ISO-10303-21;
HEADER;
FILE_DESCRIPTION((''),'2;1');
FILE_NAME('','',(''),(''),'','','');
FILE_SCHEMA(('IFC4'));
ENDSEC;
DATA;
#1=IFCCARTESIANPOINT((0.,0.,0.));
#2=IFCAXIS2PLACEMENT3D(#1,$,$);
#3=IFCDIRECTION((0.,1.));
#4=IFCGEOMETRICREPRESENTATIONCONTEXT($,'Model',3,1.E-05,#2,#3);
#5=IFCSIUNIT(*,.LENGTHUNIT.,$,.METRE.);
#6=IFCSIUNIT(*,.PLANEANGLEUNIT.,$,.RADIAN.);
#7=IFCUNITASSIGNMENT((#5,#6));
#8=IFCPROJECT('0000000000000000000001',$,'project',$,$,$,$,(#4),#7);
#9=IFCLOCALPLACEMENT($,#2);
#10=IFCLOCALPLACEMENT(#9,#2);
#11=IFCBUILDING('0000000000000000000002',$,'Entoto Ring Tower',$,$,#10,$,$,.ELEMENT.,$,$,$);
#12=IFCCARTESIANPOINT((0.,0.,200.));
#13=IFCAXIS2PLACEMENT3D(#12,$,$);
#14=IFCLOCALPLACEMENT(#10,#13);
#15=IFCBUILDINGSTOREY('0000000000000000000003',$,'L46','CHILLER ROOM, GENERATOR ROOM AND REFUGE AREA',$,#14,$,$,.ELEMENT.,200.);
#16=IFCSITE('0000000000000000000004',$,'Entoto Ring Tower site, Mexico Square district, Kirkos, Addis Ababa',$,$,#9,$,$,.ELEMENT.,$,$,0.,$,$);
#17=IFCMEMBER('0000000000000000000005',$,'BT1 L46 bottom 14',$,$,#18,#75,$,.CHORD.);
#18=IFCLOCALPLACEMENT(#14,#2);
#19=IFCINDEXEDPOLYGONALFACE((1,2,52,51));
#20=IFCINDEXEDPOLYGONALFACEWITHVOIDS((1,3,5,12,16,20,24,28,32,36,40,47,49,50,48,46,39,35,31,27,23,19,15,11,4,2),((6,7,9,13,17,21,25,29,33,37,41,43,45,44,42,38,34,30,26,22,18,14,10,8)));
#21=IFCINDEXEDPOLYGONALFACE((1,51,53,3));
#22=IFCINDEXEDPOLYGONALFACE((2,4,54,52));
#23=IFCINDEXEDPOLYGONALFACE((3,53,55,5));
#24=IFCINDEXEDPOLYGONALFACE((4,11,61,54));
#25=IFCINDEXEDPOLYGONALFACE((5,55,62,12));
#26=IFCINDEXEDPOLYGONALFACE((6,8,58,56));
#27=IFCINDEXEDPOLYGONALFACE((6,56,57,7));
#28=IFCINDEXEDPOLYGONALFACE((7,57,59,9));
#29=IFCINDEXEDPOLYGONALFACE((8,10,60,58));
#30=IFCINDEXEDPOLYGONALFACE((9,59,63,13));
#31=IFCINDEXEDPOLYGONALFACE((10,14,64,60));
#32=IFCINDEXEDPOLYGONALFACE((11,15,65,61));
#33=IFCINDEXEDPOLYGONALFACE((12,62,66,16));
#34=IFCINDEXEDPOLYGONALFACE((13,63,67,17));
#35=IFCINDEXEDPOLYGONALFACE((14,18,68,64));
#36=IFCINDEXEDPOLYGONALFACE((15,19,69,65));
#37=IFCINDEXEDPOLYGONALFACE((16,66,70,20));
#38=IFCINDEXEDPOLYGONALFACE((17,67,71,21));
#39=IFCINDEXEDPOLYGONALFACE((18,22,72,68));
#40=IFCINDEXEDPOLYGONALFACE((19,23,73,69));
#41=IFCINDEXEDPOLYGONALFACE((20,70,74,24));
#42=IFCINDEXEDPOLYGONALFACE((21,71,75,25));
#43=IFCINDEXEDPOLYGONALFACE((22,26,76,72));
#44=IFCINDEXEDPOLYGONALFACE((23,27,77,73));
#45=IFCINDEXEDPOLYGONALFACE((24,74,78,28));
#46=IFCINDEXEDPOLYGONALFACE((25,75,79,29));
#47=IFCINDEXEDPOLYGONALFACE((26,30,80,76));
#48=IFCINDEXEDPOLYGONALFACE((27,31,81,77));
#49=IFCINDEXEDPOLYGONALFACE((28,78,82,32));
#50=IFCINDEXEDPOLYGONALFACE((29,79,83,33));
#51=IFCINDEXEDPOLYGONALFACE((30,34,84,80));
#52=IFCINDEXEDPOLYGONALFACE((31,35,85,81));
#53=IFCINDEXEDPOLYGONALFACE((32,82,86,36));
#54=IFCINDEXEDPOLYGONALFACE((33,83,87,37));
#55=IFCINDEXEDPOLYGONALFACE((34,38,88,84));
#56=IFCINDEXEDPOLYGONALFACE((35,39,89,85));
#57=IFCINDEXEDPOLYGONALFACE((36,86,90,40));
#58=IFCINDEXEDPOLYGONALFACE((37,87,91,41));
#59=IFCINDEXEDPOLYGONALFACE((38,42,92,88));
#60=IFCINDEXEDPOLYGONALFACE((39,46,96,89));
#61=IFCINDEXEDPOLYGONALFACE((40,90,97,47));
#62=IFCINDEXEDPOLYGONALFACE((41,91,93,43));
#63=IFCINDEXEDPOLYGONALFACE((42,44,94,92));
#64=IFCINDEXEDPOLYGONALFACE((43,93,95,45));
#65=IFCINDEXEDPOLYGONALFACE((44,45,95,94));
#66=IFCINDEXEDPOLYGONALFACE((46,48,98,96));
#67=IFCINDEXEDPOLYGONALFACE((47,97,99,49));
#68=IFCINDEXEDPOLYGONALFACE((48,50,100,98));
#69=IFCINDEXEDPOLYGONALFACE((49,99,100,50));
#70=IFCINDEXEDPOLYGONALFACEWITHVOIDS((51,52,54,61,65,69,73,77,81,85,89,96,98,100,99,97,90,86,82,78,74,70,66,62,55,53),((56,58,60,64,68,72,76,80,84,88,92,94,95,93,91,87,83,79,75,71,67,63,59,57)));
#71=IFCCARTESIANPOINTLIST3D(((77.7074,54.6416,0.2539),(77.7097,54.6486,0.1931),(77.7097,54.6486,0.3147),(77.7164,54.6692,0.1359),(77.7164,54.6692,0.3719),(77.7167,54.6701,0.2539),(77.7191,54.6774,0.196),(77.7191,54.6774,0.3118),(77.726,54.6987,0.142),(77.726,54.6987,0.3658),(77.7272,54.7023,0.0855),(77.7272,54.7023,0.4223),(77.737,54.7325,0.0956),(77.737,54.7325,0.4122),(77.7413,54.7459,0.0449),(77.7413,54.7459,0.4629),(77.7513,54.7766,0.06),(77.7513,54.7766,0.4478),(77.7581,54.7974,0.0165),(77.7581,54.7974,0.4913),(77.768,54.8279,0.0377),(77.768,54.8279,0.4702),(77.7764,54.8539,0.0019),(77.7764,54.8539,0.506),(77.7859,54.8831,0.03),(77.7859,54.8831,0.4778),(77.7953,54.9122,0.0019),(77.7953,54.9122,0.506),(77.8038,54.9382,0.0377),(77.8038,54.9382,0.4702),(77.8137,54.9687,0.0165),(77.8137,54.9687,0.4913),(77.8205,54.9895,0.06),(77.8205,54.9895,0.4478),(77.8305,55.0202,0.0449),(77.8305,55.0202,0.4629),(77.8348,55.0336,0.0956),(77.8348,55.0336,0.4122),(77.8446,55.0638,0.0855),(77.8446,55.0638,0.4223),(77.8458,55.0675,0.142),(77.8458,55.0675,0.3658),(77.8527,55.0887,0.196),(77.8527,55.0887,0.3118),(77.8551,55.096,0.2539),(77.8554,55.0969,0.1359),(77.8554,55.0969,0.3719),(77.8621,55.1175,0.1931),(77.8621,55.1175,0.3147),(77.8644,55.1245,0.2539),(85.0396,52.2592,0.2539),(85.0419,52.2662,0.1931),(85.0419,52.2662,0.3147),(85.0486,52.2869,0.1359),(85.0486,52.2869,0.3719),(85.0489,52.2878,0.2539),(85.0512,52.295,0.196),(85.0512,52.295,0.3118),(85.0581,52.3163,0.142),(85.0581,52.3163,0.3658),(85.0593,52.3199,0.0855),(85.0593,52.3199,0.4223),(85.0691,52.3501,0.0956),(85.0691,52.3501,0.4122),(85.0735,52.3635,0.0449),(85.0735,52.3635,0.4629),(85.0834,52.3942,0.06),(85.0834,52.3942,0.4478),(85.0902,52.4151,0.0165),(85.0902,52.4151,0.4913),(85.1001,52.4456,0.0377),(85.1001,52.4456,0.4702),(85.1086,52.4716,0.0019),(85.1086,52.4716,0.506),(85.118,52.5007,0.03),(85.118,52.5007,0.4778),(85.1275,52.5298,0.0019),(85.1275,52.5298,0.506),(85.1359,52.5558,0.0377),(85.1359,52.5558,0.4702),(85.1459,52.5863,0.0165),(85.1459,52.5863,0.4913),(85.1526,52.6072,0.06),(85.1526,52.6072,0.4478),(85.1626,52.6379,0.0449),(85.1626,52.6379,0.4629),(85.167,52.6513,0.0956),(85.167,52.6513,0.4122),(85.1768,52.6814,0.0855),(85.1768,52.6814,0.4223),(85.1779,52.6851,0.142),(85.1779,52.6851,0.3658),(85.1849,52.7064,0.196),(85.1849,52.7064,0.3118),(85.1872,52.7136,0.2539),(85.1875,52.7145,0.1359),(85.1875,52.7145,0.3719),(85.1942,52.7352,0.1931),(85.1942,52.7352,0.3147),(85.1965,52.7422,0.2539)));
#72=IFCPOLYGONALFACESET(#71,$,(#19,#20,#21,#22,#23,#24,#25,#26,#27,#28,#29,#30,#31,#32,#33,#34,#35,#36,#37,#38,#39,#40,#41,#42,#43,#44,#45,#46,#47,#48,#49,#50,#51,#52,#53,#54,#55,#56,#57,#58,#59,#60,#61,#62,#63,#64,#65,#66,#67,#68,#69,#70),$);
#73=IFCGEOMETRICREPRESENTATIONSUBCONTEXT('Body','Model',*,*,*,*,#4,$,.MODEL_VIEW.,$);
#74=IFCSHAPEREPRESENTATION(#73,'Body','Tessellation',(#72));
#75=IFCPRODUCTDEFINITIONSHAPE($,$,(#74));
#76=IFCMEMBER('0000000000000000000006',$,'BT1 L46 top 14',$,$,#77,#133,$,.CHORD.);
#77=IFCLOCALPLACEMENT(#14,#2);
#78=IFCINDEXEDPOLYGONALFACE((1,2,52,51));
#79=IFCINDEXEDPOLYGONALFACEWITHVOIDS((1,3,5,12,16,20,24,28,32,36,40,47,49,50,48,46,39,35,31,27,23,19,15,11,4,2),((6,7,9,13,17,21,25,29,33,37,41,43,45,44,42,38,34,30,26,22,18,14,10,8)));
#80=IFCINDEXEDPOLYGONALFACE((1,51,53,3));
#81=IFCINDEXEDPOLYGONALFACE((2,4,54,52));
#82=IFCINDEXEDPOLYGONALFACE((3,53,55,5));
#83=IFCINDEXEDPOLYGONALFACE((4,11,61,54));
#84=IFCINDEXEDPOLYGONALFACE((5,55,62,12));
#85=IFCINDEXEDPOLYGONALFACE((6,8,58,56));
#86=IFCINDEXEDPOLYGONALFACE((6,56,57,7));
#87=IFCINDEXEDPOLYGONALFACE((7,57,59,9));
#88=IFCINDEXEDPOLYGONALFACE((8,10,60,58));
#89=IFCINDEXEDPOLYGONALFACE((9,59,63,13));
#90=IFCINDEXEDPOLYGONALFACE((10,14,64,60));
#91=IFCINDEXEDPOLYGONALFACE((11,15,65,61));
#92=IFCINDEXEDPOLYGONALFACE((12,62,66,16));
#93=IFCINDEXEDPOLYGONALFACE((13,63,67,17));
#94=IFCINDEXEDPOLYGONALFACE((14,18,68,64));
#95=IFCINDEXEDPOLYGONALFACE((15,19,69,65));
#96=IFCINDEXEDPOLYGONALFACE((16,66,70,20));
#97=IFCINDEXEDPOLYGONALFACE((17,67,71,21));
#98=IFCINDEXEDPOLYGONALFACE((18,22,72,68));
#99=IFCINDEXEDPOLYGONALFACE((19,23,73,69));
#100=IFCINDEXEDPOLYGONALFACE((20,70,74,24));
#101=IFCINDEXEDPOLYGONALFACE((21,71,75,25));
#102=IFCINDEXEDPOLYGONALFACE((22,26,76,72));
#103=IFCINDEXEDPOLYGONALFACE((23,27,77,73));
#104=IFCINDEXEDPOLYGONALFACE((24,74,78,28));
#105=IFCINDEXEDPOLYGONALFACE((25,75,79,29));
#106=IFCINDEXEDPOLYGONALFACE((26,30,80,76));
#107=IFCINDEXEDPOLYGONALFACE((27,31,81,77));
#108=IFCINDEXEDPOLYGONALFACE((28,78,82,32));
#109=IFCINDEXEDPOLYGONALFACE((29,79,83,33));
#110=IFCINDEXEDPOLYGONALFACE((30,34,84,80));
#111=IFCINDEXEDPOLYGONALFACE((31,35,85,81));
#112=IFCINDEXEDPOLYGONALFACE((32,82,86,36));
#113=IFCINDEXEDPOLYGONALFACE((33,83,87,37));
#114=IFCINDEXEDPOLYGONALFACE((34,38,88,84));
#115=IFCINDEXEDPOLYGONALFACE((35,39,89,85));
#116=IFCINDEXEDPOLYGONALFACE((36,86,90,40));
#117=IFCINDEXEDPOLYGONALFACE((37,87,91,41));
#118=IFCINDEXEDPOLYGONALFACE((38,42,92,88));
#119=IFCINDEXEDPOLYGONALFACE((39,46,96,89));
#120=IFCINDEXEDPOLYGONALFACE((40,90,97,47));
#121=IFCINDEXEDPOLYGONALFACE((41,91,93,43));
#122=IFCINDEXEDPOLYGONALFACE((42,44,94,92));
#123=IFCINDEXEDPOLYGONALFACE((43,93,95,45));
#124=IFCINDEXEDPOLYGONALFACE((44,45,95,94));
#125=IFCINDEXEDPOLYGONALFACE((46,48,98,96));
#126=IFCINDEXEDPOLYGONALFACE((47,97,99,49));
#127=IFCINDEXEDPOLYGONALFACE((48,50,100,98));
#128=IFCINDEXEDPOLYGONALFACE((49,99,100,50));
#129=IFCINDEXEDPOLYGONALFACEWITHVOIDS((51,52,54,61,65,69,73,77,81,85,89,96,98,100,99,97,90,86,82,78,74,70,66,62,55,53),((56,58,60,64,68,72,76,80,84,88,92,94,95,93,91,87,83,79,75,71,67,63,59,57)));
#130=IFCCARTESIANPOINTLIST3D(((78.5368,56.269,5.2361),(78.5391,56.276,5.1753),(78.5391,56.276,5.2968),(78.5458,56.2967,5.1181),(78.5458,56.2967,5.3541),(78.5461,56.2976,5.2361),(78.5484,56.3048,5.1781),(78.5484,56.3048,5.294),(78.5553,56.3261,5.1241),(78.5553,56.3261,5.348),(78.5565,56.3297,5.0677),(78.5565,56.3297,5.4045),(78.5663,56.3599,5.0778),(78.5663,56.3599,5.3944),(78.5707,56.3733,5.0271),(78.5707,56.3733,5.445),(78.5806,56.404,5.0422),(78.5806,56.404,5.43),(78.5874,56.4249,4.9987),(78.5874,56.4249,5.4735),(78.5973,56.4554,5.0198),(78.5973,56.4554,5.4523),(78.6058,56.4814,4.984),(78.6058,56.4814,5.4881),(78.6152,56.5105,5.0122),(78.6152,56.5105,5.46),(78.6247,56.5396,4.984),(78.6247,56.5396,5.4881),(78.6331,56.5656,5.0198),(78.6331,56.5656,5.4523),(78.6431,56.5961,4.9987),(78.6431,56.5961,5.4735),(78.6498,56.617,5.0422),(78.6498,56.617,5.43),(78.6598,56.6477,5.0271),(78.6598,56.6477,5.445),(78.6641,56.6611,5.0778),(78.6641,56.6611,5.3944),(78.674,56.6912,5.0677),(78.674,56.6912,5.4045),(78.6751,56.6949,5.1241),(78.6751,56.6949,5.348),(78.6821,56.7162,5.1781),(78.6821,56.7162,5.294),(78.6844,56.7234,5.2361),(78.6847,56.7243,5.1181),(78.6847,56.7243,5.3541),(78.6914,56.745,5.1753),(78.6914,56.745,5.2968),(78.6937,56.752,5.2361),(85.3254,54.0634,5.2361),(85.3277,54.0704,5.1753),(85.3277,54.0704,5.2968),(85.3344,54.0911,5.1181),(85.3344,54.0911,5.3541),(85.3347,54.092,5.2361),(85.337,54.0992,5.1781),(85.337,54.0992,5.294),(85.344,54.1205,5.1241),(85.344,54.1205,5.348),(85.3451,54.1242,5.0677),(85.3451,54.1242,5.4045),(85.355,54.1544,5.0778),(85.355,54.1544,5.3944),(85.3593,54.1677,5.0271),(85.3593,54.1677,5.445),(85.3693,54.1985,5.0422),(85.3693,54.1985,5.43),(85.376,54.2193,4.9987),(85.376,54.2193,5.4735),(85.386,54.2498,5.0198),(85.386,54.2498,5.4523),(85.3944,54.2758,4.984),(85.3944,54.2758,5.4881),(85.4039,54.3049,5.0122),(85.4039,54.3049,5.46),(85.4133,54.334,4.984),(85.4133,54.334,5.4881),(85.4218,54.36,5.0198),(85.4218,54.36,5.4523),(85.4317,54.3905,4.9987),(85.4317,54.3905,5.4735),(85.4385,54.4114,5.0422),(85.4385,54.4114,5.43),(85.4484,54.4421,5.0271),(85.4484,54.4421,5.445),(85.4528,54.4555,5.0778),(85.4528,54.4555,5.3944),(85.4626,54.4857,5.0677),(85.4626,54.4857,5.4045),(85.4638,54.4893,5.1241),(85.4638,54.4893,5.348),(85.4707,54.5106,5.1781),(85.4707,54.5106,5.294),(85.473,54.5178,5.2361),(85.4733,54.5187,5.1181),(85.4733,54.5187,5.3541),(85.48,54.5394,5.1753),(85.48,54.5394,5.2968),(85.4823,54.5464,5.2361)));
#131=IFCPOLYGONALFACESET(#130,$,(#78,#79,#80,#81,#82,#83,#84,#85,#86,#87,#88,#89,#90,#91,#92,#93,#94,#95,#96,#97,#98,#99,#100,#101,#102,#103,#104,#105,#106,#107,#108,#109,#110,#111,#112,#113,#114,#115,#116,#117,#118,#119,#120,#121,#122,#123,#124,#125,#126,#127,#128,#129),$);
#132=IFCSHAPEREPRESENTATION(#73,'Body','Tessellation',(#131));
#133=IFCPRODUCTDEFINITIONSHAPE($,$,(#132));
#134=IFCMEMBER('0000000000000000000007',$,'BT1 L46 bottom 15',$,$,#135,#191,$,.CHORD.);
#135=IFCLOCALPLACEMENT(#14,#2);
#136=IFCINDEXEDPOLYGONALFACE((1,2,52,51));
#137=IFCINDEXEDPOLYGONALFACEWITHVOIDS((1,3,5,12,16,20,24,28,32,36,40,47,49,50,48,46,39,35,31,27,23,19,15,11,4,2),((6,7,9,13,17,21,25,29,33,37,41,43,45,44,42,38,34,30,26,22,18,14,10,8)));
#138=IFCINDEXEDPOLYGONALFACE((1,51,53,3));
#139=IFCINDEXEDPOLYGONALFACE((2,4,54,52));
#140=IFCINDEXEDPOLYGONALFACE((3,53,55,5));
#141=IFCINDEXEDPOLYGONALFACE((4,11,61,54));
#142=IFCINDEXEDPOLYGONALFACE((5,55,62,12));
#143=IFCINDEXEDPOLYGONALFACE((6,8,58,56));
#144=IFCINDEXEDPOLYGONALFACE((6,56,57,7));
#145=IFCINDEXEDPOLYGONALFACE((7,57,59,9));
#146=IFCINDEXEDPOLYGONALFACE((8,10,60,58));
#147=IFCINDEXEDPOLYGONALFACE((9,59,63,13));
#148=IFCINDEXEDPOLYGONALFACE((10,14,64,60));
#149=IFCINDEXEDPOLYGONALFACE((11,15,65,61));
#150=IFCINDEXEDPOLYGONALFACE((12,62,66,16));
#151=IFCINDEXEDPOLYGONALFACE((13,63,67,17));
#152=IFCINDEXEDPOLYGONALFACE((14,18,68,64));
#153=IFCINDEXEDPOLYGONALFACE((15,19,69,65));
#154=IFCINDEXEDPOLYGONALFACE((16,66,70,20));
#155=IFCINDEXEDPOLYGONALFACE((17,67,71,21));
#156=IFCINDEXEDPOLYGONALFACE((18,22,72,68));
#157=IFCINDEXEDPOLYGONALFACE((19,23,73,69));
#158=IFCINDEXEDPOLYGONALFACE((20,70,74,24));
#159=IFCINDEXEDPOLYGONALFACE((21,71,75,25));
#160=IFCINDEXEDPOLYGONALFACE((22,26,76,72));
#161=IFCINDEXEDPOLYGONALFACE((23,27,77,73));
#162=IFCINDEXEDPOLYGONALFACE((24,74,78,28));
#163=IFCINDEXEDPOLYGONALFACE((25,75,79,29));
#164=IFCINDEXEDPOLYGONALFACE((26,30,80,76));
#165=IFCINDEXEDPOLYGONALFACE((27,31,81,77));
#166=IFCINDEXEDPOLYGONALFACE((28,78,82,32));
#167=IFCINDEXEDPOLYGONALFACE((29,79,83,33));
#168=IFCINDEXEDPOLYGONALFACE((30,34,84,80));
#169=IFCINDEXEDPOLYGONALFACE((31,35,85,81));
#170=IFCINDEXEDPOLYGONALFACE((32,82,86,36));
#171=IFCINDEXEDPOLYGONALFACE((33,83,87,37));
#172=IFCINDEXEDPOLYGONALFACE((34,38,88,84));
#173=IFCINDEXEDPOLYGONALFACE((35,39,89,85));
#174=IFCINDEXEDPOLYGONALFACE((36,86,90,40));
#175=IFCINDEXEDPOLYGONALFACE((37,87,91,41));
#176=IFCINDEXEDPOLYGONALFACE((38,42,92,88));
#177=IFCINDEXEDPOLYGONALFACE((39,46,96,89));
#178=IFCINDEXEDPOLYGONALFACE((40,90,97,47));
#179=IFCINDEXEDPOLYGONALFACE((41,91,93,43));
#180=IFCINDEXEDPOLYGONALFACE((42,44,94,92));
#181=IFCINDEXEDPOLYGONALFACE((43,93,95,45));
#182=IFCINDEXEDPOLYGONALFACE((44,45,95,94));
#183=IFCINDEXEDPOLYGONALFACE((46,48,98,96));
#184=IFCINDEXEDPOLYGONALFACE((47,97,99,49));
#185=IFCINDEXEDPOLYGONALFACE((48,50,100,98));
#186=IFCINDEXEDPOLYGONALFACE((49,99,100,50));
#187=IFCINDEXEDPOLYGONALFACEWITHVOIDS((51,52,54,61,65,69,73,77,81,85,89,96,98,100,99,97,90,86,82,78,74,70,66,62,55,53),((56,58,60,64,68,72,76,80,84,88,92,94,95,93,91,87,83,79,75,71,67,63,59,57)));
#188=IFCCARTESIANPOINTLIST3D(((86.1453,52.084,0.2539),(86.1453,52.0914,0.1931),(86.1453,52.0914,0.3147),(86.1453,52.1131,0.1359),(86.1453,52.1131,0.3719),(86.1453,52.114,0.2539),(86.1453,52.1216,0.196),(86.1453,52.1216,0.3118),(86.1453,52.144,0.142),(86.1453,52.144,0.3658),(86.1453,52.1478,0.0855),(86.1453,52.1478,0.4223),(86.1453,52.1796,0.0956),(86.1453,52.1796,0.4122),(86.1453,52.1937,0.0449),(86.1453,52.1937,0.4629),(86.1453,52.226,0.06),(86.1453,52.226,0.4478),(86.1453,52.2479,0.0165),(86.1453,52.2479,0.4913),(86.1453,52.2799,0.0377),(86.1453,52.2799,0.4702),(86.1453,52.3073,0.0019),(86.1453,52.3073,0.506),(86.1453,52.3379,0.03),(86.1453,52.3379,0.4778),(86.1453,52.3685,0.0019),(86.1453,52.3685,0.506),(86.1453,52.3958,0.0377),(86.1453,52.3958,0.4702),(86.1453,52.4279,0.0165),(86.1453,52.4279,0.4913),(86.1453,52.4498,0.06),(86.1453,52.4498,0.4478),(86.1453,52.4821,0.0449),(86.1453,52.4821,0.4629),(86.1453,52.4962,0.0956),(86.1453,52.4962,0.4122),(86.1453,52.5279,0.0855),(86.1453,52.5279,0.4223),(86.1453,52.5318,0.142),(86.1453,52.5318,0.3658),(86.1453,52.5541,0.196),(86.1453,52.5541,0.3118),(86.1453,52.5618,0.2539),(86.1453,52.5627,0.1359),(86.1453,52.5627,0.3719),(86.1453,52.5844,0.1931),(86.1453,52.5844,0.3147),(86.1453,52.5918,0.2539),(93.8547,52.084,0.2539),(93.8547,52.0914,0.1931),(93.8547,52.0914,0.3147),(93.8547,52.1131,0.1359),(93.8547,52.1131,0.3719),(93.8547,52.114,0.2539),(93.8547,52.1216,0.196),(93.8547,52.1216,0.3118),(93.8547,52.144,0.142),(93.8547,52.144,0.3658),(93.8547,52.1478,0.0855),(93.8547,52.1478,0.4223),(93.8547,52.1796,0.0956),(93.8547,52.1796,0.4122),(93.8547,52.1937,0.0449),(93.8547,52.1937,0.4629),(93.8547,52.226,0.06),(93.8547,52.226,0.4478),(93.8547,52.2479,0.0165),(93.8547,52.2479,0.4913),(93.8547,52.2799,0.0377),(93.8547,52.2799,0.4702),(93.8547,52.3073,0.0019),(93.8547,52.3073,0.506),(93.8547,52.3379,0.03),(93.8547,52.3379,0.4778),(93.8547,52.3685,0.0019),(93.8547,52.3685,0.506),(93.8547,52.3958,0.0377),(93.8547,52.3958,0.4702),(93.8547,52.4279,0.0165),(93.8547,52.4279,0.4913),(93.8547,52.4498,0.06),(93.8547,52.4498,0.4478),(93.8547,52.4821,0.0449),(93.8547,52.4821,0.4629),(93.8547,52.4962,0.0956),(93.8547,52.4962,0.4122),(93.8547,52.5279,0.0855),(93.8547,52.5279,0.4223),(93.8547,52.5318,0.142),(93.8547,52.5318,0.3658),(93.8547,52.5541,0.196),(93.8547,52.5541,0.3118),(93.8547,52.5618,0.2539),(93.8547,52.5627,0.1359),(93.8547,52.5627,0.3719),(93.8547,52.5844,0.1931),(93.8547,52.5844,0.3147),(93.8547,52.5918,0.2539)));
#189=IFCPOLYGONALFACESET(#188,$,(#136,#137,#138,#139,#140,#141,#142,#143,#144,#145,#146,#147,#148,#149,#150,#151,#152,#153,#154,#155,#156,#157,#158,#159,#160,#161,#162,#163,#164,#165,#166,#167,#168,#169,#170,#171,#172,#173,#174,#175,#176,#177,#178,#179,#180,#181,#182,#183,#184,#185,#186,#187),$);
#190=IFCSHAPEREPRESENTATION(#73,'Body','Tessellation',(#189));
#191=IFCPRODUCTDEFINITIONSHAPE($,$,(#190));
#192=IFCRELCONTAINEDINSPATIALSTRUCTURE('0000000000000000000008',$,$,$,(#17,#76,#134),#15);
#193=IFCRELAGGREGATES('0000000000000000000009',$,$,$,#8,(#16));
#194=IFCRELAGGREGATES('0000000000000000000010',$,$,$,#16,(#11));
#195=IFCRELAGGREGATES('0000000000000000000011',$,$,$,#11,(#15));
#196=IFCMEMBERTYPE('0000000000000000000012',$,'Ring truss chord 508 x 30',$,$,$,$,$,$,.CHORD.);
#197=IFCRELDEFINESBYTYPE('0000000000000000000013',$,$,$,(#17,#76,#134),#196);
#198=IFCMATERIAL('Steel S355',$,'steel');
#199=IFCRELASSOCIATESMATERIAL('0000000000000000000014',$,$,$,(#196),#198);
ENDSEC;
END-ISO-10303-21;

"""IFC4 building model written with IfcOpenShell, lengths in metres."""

from ifc_helpers import new_model, si_unit, direction, frame, origin, origin_2d, place, context, subcontext, project, spatial, circle, hollow_circle, extrude, material, material_profile, profile_set, type_object, element, save


model = new_model("IFC4")

# Units and contexts
model_context = context("Model", 3, precision=1e-05, world=origin(), true_north=direction((0.0, 1.0)))
body_context = subcontext(model_context, "Body", "Model", "MODEL_VIEW")
ifc_project = project(units=[si_unit("LENGTHUNIT", "METRE"), si_unit("PLANEANGLEUNIT", "RADIAN")], contexts=[model_context])

# Site, building, storey
site_placement = place(None, origin())
site = spatial("IfcSite", under=ifc_project, at=site_placement, Name="Entoto Ring Tower site, Mexico Square district, Kirkos, Addis Ababa", CompositionType="ELEMENT", RefElevation=0.0)
building_placement = place(site_placement, origin())
building = spatial("IfcBuilding", under=site, at=building_placement, Name="Entoto Ring Tower", CompositionType="ELEMENT")
storey_placement = place(building_placement, frame((0.0, 0.0, 200.0)))
storey = spatial("IfcBuildingStorey", under=building, at=storey_placement, Name="L46", Description="CHILLER ROOM, GENERATOR ROOM AND REFUGE AREA", CompositionType="ELEMENT", Elevation=200.0)

# Members
ifc_material_1 = material(Name="Steel S355", Category="steel")
ifc_material_profile_1 = material_profile(ifc_material_1, hollow_circle(Radius=0.2539, WallThickness=0.03, at=origin_2d()), Name="CHS 508 x 30")
ifc_material_2 = material(Name="Concrete C60/75", Category="concrete")
ifc_material_profile_2 = material_profile(ifc_material_2, circle(Radius=0.2241, at=origin_2d()), Name="Concrete C60/75 infill")
ifc_profile_set_1 = profile_set([ifc_material_profile_1, ifc_material_profile_2], Name="Steel S355")
member_type_1 = type_object("IfcMemberType", Name="Ring truss chord 508 x 30", PredefinedType="CHORD", material=ifc_profile_set_1)
member_1_placement = place(storey_placement, frame((77.7859, 54.8831, 0.2539), z_axis=(0.951056, -0.309017, 0.0), x_axis=(0.309017, 0.951056, 0.0)))
element("IfcMember", 1, at=member_1_placement, inside=storey, type_object=member_type_1, Name="BT1 L46 bottom 14", PredefinedType="CHORD", context=body_context, shape_type="SweptSolid", body=[
    extrude(hollow_circle(Radius=0.2539, WallThickness=0.03, at=origin_2d()), origin(), (0.0, 0.0, 1.0), 7.7095),
])
member_2_placement = place(storey_placement, frame((78.6152, 56.5105, 5.2361), z_axis=(0.951064, -0.308995, 0.0), x_axis=(0.308995, 0.951064, 0.0)))
element("IfcMember", 2, at=member_2_placement, inside=storey, type_object=member_type_1, Name="BT1 L46 top 14", PredefinedType="CHORD", context=body_context, shape_type="SweptSolid", body=[
    extrude(hollow_circle(Radius=0.2539, WallThickness=0.03, at=origin_2d()), origin(), (0.0, 0.0, 1.0), 7.1379),
])
member_3_placement = place(storey_placement, frame((86.1453, 52.3379, 0.2539), z_axis=(1.0, 0.0, 0.0), x_axis=(0.0, 1.0, 0.0)))
element("IfcMember", 3, at=member_3_placement, inside=storey, type_object=member_type_1, Name="BT1 L46 bottom 15", PredefinedType="CHORD", context=body_context, shape_type="SweptSolid", body=[
    extrude(hollow_circle(Radius=0.2539, WallThickness=0.03, at=origin_2d()), origin(), (0.0, 0.0, 1.0), 7.7095),
])

save(model, "model.ifc")
